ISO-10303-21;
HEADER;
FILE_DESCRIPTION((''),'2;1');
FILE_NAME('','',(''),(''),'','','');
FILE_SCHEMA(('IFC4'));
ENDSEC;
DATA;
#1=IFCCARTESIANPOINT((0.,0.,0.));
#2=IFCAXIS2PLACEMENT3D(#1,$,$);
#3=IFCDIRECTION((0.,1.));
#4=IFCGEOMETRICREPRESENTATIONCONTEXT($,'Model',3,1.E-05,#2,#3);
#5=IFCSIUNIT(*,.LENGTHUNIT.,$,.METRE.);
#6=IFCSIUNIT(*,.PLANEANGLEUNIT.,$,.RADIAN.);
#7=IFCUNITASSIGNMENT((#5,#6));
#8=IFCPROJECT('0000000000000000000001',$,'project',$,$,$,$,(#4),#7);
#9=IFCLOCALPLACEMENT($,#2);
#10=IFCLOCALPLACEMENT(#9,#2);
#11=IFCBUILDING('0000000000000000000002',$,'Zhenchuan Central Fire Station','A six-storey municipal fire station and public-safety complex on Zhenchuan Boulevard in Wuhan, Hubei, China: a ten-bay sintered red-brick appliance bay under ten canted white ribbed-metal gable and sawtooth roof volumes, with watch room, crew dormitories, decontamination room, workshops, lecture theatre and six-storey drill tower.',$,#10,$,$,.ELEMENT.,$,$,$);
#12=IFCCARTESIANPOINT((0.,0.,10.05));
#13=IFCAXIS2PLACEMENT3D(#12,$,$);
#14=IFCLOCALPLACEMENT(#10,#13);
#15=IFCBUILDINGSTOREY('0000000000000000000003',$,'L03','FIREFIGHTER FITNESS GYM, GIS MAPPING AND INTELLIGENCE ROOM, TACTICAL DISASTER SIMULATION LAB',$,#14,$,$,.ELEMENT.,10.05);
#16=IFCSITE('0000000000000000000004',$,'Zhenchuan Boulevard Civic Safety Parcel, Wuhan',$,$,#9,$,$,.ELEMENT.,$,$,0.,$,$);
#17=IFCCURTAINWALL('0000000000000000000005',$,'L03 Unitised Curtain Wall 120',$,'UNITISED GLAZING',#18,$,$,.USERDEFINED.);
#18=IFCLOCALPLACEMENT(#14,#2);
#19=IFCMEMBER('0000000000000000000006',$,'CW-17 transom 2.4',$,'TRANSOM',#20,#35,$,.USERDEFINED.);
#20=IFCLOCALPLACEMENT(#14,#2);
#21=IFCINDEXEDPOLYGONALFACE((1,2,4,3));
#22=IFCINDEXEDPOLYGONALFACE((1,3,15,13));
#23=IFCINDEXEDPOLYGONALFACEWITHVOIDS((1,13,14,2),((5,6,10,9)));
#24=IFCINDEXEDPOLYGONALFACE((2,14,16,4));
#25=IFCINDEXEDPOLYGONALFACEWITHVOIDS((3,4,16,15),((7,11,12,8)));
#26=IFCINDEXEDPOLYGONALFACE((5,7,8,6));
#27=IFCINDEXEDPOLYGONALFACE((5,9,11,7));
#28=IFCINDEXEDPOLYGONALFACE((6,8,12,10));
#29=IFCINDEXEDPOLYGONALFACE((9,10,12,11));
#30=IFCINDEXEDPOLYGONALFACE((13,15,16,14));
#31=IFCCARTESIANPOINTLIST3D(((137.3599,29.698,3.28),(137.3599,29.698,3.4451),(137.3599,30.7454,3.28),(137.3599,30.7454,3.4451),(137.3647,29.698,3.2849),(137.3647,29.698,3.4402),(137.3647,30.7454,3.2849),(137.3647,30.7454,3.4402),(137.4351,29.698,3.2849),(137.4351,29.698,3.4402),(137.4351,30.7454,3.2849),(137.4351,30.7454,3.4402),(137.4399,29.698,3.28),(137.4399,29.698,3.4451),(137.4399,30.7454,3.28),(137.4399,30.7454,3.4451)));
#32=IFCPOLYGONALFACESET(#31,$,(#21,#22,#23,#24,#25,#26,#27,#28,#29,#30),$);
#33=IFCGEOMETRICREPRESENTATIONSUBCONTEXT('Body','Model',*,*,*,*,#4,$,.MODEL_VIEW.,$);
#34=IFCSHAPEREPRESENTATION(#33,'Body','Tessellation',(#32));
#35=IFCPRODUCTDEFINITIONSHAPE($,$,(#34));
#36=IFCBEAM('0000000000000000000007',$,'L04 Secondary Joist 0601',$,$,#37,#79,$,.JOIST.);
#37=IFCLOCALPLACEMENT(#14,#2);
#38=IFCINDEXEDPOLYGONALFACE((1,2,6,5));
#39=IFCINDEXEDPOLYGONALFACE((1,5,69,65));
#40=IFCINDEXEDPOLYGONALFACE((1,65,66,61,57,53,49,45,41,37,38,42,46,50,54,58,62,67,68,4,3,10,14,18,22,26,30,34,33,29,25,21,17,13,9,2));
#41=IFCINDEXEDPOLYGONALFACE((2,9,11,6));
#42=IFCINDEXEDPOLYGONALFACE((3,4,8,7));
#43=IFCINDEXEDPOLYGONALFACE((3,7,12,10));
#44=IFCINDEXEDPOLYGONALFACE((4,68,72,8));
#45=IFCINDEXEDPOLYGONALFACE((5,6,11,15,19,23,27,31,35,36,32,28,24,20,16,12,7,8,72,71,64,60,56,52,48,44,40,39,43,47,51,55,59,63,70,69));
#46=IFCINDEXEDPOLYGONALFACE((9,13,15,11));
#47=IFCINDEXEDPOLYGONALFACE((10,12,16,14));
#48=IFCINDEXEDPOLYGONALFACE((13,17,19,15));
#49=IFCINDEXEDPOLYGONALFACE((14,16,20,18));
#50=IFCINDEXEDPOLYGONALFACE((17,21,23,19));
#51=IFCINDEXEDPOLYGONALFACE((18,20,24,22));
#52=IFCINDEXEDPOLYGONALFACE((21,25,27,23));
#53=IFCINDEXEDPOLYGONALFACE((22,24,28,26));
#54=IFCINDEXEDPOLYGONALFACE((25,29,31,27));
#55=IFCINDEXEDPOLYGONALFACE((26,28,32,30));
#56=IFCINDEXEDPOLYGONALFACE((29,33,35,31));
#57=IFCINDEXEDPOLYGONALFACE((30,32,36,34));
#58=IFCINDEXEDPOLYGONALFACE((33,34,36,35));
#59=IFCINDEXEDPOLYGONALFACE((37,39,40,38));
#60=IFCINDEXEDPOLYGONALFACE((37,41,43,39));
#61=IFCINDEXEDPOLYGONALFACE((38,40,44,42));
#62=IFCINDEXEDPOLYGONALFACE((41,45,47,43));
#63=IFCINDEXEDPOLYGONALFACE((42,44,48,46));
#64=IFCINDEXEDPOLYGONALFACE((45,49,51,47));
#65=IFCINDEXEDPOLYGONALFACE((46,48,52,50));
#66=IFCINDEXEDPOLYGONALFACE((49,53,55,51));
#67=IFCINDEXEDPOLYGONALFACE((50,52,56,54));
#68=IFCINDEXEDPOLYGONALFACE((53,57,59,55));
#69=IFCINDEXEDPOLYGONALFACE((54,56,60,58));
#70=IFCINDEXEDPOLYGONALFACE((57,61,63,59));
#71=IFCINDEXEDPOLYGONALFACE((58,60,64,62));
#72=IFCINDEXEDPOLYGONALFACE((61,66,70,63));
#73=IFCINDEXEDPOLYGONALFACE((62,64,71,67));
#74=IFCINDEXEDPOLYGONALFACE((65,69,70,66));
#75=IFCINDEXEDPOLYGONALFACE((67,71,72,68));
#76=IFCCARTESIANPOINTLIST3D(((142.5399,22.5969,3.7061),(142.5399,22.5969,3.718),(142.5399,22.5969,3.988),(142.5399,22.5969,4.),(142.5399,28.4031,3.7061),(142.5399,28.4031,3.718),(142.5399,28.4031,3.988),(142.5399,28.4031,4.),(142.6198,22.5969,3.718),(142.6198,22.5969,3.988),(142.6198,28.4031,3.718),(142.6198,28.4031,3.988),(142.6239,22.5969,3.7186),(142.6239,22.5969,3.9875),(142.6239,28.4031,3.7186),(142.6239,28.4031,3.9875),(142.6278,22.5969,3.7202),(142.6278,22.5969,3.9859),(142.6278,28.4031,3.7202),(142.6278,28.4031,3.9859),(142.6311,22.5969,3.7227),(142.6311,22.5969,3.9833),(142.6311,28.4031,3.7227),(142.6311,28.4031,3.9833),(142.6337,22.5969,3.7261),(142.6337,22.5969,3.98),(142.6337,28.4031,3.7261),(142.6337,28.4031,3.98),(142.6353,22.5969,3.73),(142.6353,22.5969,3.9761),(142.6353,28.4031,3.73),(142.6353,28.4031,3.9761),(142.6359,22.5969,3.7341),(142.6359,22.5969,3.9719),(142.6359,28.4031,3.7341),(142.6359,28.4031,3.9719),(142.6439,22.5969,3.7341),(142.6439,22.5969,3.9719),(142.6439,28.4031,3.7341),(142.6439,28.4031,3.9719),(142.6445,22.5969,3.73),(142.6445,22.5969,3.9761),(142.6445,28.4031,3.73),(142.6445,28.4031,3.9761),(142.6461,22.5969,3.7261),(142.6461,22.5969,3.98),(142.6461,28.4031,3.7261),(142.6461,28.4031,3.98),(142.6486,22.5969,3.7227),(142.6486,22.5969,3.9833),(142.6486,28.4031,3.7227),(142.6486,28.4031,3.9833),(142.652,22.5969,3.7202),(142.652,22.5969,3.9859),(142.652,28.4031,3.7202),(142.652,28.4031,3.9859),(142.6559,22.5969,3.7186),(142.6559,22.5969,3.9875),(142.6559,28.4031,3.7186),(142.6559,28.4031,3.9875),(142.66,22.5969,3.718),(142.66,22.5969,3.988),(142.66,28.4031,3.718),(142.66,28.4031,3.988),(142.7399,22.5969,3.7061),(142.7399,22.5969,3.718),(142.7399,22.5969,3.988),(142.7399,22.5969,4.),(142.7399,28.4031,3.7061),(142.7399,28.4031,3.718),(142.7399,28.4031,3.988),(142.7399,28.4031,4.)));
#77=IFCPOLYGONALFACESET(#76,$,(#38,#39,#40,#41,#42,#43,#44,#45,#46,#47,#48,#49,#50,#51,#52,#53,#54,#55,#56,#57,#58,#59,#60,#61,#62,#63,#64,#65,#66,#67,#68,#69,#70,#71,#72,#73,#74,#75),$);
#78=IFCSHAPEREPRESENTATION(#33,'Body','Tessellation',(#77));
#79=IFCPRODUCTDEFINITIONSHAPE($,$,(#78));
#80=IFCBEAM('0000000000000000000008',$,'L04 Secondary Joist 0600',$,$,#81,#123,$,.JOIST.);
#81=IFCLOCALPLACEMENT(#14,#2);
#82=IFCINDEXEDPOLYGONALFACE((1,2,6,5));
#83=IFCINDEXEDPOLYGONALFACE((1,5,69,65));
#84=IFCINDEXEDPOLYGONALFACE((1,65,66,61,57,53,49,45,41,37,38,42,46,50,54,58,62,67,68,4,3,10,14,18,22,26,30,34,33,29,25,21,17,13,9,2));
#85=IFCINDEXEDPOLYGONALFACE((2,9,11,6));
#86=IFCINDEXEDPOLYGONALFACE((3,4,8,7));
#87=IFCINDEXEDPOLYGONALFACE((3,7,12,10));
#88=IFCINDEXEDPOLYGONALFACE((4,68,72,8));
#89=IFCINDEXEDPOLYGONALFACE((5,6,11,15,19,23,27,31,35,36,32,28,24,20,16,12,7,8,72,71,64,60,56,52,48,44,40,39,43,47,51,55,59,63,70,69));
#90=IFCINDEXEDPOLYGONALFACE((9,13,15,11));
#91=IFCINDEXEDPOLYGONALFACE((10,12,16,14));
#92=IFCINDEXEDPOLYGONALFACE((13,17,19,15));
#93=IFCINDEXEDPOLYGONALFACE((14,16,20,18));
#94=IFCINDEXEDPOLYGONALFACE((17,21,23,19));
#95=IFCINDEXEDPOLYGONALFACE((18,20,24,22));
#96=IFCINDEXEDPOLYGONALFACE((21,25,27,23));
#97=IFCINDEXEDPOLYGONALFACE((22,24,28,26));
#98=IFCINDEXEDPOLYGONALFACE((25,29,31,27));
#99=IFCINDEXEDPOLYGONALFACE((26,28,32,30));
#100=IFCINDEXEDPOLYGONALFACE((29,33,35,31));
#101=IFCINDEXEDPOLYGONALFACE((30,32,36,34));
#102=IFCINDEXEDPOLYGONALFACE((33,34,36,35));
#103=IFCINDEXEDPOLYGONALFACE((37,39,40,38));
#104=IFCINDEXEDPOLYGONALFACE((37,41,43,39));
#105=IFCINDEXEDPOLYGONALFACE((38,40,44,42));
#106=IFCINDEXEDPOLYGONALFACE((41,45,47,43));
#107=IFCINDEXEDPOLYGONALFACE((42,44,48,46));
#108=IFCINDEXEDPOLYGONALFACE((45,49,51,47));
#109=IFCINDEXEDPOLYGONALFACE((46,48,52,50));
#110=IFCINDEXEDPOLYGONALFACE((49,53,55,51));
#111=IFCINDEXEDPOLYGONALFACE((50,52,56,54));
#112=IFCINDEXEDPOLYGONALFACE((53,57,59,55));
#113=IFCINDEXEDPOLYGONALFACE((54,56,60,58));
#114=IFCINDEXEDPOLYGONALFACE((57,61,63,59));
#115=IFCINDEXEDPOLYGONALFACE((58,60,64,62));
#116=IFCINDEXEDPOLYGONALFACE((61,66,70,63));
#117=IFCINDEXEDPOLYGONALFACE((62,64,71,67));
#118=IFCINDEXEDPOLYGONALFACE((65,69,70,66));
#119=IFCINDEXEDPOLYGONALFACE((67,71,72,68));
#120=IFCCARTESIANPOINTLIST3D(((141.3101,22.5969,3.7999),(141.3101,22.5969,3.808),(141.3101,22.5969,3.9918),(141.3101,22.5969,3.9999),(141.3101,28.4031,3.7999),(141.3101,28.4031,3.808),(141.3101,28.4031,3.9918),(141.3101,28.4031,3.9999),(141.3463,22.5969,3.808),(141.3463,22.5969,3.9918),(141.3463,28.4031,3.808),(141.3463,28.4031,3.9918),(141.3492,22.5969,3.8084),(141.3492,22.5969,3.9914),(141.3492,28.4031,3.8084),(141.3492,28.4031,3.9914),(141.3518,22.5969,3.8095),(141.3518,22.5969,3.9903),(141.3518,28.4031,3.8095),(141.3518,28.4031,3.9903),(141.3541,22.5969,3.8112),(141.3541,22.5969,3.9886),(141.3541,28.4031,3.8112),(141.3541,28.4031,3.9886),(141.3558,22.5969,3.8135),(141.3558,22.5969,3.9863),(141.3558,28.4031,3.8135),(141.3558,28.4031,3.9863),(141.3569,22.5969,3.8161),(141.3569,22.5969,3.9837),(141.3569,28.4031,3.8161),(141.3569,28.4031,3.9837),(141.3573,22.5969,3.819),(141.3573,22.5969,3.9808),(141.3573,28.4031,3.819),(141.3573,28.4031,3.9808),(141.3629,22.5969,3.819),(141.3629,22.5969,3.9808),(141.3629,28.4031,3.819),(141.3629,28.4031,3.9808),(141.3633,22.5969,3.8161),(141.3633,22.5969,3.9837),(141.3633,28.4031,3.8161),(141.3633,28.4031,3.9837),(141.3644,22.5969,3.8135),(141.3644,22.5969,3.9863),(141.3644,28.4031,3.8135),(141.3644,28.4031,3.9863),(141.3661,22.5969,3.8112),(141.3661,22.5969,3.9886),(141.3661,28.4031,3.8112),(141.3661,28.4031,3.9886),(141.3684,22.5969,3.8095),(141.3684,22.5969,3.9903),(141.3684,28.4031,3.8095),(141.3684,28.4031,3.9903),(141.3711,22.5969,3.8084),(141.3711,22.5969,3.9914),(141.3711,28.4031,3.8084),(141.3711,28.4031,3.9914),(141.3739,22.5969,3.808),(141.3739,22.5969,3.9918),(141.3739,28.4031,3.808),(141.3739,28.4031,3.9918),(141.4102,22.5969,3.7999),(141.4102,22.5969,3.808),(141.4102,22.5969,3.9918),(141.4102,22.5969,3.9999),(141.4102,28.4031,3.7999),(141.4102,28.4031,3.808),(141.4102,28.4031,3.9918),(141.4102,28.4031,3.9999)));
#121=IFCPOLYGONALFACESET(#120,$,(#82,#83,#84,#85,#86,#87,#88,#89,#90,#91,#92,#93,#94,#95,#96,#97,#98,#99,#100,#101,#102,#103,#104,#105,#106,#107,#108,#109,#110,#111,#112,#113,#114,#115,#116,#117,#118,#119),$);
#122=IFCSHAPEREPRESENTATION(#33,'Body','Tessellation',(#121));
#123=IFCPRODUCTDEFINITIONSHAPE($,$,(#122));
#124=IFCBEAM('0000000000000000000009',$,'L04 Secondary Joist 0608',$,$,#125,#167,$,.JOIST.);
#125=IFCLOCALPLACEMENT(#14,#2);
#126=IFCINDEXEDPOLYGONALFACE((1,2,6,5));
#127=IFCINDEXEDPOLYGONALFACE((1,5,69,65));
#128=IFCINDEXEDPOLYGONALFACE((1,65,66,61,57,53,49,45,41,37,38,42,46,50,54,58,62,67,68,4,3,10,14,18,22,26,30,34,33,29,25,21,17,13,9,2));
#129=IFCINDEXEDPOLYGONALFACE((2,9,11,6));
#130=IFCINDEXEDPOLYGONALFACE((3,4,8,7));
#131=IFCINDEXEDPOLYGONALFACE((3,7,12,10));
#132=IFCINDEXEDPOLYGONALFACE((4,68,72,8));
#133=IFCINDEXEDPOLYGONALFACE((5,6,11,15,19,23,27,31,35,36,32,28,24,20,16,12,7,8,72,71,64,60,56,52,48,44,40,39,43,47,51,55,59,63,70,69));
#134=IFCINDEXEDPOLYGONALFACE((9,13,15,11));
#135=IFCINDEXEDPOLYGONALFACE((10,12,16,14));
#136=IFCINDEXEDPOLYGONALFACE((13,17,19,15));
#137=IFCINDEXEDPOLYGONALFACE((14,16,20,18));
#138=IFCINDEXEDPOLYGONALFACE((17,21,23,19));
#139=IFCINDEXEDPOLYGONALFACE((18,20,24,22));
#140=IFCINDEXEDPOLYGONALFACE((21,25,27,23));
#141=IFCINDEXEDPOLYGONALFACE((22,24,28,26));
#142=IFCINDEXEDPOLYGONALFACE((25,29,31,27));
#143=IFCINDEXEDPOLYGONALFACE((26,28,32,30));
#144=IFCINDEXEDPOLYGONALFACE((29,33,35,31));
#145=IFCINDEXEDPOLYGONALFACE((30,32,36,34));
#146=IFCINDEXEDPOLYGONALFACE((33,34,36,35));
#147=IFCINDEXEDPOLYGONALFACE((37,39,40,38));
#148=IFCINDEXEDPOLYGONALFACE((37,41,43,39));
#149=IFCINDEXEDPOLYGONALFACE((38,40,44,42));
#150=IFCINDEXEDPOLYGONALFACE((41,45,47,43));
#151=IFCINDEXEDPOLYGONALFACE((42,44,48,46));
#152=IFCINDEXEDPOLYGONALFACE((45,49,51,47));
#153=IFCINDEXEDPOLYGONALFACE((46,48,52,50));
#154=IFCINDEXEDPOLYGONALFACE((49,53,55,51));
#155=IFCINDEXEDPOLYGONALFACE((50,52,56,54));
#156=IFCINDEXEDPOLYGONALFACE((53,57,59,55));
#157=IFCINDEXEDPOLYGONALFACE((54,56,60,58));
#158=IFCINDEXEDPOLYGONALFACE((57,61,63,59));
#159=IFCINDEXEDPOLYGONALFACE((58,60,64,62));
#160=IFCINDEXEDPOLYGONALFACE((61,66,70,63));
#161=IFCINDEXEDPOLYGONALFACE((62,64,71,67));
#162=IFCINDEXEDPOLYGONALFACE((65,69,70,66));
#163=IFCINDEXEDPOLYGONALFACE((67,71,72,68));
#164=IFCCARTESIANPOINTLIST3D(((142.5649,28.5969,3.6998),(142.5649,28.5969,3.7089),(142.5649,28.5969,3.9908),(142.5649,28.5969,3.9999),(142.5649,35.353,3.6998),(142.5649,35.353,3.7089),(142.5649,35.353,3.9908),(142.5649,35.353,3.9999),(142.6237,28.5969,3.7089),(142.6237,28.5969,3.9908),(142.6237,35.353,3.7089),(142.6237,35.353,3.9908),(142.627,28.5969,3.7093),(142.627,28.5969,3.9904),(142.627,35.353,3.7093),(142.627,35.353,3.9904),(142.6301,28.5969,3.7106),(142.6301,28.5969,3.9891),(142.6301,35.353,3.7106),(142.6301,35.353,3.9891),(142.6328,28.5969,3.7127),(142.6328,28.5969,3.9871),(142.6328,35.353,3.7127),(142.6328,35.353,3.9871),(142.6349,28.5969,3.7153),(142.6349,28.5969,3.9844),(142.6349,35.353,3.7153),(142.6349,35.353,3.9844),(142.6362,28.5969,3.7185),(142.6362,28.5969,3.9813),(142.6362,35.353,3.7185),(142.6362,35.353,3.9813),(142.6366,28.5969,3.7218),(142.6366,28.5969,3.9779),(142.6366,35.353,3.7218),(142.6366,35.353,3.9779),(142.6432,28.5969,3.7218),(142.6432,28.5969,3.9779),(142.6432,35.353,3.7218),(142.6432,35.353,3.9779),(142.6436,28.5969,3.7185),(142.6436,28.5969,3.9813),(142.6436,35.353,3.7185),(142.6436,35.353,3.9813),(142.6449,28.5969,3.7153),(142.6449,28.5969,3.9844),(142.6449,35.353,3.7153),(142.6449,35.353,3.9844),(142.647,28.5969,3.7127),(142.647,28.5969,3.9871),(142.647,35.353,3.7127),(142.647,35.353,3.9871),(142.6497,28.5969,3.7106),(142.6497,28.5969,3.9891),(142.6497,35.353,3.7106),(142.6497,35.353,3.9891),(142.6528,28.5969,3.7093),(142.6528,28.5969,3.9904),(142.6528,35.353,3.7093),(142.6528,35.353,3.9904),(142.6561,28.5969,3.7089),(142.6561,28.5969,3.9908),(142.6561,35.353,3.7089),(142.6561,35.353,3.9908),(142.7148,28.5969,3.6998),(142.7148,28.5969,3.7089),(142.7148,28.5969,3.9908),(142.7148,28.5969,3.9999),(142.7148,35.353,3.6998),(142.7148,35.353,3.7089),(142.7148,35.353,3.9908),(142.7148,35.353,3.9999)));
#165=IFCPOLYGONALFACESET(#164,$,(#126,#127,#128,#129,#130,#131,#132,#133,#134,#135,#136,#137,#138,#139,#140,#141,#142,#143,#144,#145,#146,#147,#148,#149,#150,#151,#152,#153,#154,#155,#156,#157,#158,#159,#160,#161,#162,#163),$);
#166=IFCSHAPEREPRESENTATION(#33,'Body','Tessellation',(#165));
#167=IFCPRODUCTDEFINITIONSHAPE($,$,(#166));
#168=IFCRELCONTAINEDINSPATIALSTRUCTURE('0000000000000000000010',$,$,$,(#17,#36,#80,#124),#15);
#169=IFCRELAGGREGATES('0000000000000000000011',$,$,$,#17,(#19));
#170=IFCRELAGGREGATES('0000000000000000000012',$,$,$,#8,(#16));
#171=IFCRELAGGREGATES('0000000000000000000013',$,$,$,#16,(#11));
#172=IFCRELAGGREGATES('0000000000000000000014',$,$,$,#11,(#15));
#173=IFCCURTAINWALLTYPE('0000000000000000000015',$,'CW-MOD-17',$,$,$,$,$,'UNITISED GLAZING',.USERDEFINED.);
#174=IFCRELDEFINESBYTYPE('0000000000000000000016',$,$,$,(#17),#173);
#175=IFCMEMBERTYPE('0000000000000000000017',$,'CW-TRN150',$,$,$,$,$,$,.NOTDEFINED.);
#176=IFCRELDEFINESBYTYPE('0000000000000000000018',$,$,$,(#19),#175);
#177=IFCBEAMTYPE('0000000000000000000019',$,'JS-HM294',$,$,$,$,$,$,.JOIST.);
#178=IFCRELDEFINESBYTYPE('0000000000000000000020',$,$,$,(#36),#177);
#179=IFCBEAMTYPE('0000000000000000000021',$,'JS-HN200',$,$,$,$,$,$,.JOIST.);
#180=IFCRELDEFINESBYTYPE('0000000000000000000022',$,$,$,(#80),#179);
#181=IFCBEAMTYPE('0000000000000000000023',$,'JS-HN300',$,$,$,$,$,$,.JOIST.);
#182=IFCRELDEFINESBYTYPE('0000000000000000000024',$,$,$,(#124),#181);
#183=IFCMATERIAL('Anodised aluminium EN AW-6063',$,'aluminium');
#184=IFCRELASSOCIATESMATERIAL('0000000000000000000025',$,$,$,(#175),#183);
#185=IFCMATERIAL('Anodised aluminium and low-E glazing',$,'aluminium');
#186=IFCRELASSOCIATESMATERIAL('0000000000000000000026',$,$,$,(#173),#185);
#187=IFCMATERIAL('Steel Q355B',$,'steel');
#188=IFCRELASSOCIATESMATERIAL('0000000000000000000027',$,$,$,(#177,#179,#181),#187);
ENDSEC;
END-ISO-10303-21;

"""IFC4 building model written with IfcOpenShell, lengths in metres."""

from ifc_helpers import new_model, si_unit, direction, frame, origin, origin_2d, place, context, subcontext, project, spatial, hollow_rectangle, i_section, extrude, material, material_profile, profile_set, type_object, element, aggregate, save


model = new_model("IFC4")

# Units and contexts
model_context = context("Model", 3, precision=1e-05, world=origin(), true_north=direction((0.0, 1.0)))
body_context = subcontext(model_context, "Body", "Model", "MODEL_VIEW")
ifc_project = project(units=[si_unit("LENGTHUNIT", "METRE"), si_unit("PLANEANGLEUNIT", "RADIAN")], contexts=[model_context])

# Site, building, storey
site_placement = place(None, origin())
site = spatial("IfcSite", under=ifc_project, at=site_placement, Name="Zhenchuan Boulevard Civic Safety Parcel, Wuhan", CompositionType="ELEMENT", RefElevation=0.0)
building_placement = place(site_placement, origin())
building = spatial("IfcBuilding", under=site, at=building_placement, Name="Zhenchuan Central Fire Station", Description="A six-storey municipal fire station and public-safety complex on Zhenchuan Boulevard in Wuhan, Hubei, China: a ten-bay sintered red-brick appliance bay under ten canted white ribbed-metal gable and sawtooth roof volumes, with watch room, crew dormitories, decontamination room, workshops, lecture theatre and six-storey drill tower.", CompositionType="ELEMENT")
storey_placement = place(building_placement, frame((0.0, 0.0, 10.05)))
storey = spatial("IfcBuildingStorey", under=building, at=storey_placement, Name="L03", Description="FIREFIGHTER FITNESS GYM, GIS MAPPING AND INTELLIGENCE ROOM, TACTICAL DISASTER SIMULATION LAB", CompositionType="ELEMENT", Elevation=10.05)

# Shared definitions
ifc_material_1 = material(Name="Steel Q355B", Category="steel")

# Curtain wall, member
ifc_material_2 = material(Name="Anodised aluminium and low-E glazing", Category="aluminium")
ifc_material_3 = material(Name="Anodised aluminium EN AW-6063", Category="aluminium")
ifc_material_profile_1 = material_profile(ifc_material_3, hollow_rectangle(XDim=0.0801, YDim=0.165, WallThickness=0.0049, at=origin_2d()), Name="ALU-T 165x80")
ifc_profile_set_1 = profile_set([ifc_material_profile_1], Name="Anodised aluminium EN AW-6063")
member_type_1 = type_object("IfcMemberType", Name="CW-TRN150", PredefinedType="NOTDEFINED", material=ifc_profile_set_1)
curtain_wall_type_1 = type_object("IfcCurtainWallType", Name="CW-MOD-17", ElementType="UNITISED GLAZING", PredefinedType="USERDEFINED", material=ifc_material_2)
curtain_wall_1_placement = place(storey_placement, origin())
curtain_wall_1 = element("IfcCurtainWall", 1, at=curtain_wall_1_placement, inside=storey, type_object=curtain_wall_type_1, Name="L03 Unitised Curtain Wall 120", ObjectType="UNITISED GLAZING", PredefinedType="USERDEFINED")
member_1_placement = place(storey_placement, frame((137.3999, 29.698, 3.3625), z_axis=(0.0, 1.0, 0.0), x_axis=(-1.0, 0.0, 0.0)))
member_1 = element("IfcMember", 2, at=member_1_placement, type_object=member_type_1, Name="CW-17 transom 2.4", ObjectType="TRANSOM", PredefinedType="USERDEFINED", context=body_context, shape_type="SweptSolid", body=[
    extrude(hollow_rectangle(XDim=0.0801, YDim=0.165, WallThickness=0.0049, at=origin_2d()), origin(), (0.0, 0.0, 1.0), 1.0474),
])

# Beams
ifc_material_profile_2 = material_profile(ifc_material_1, i_section(OverallWidth=0.2, OverallDepth=0.2939, WebThickness=0.0081, FlangeThickness=0.012, FilletRadius=0.0161, at=origin_2d()), Name="HM 294x200")
ifc_profile_set_2 = profile_set([ifc_material_profile_2], Name="Steel Q355B")
beam_type_1 = type_object("IfcBeamType", Name="JS-HM294", PredefinedType="JOIST", material=ifc_profile_set_2)
beam_1_placement = place(storey_placement, frame((142.6399, 22.5969, 3.853), z_axis=(0.0, 1.0, 0.0), x_axis=(-1.0, 0.0, 0.0)))
element("IfcBeam", 3, at=beam_1_placement, inside=storey, type_object=beam_type_1, Name="L04 Secondary Joist 0601", PredefinedType="JOIST", context=body_context, shape_type="SweptSolid", body=[
    extrude(i_section(OverallWidth=0.2, OverallDepth=0.2939, WebThickness=0.0081, FlangeThickness=0.012, FilletRadius=0.0161, at=origin_2d()), origin(), (0.0, 0.0, 1.0), 5.8062),
])
ifc_material_profile_3 = material_profile(ifc_material_1, i_section(OverallWidth=0.1001, OverallDepth=0.2, WebThickness=0.0056, FlangeThickness=0.0081, FilletRadius=0.011, at=origin_2d()), Name="HN 200x100")
ifc_profile_set_3 = profile_set([ifc_material_profile_3], Name="Steel Q355B")
beam_type_2 = type_object("IfcBeamType", Name="JS-HN200", PredefinedType="JOIST", material=ifc_profile_set_3)
beam_2_placement = place(storey_placement, frame((141.3601, 22.5969, 3.8999), z_axis=(0.0, 1.0, 0.0), x_axis=(-1.0, 0.0, 0.0)))
element("IfcBeam", 4, at=beam_2_placement, inside=storey, type_object=beam_type_2, Name="L04 Secondary Joist 0600", PredefinedType="JOIST", context=body_context, shape_type="SweptSolid", body=[
    extrude(i_section(OverallWidth=0.1001, OverallDepth=0.2, WebThickness=0.0056, FlangeThickness=0.0081, FilletRadius=0.011, at=origin_2d()), origin(), (0.0, 0.0, 1.0), 5.8062),
])
ifc_material_profile_4 = material_profile(ifc_material_1, i_section(OverallWidth=0.1499, OverallDepth=0.3, WebThickness=0.0066, FlangeThickness=0.009, FilletRadius=0.0129, at=origin_2d()), Name="HN 300x150")
ifc_profile_set_4 = profile_set([ifc_material_profile_4], Name="Steel Q355B")
beam_type_3 = type_object("IfcBeamType", Name="JS-HN300", PredefinedType="JOIST", material=ifc_profile_set_4)
beam_3_placement = place(storey_placement, frame((142.6399, 28.5969, 3.8499), z_axis=(0.0, 1.0, 0.0), x_axis=(-1.0, 0.0, 0.0)))
element("IfcBeam", 5, at=beam_3_placement, inside=storey, type_object=beam_type_3, Name="L04 Secondary Joist 0608", PredefinedType="JOIST", context=body_context, shape_type="SweptSolid", body=[
    extrude(i_section(OverallWidth=0.1499, OverallDepth=0.3, WebThickness=0.0066, FlangeThickness=0.009, FilletRadius=0.0129, at=origin_2d()), origin(), (0.0, 0.0, 1.0), 6.7561),
])

aggregate(curtain_wall_1, [member_1])

save(model, "model.ifc")
